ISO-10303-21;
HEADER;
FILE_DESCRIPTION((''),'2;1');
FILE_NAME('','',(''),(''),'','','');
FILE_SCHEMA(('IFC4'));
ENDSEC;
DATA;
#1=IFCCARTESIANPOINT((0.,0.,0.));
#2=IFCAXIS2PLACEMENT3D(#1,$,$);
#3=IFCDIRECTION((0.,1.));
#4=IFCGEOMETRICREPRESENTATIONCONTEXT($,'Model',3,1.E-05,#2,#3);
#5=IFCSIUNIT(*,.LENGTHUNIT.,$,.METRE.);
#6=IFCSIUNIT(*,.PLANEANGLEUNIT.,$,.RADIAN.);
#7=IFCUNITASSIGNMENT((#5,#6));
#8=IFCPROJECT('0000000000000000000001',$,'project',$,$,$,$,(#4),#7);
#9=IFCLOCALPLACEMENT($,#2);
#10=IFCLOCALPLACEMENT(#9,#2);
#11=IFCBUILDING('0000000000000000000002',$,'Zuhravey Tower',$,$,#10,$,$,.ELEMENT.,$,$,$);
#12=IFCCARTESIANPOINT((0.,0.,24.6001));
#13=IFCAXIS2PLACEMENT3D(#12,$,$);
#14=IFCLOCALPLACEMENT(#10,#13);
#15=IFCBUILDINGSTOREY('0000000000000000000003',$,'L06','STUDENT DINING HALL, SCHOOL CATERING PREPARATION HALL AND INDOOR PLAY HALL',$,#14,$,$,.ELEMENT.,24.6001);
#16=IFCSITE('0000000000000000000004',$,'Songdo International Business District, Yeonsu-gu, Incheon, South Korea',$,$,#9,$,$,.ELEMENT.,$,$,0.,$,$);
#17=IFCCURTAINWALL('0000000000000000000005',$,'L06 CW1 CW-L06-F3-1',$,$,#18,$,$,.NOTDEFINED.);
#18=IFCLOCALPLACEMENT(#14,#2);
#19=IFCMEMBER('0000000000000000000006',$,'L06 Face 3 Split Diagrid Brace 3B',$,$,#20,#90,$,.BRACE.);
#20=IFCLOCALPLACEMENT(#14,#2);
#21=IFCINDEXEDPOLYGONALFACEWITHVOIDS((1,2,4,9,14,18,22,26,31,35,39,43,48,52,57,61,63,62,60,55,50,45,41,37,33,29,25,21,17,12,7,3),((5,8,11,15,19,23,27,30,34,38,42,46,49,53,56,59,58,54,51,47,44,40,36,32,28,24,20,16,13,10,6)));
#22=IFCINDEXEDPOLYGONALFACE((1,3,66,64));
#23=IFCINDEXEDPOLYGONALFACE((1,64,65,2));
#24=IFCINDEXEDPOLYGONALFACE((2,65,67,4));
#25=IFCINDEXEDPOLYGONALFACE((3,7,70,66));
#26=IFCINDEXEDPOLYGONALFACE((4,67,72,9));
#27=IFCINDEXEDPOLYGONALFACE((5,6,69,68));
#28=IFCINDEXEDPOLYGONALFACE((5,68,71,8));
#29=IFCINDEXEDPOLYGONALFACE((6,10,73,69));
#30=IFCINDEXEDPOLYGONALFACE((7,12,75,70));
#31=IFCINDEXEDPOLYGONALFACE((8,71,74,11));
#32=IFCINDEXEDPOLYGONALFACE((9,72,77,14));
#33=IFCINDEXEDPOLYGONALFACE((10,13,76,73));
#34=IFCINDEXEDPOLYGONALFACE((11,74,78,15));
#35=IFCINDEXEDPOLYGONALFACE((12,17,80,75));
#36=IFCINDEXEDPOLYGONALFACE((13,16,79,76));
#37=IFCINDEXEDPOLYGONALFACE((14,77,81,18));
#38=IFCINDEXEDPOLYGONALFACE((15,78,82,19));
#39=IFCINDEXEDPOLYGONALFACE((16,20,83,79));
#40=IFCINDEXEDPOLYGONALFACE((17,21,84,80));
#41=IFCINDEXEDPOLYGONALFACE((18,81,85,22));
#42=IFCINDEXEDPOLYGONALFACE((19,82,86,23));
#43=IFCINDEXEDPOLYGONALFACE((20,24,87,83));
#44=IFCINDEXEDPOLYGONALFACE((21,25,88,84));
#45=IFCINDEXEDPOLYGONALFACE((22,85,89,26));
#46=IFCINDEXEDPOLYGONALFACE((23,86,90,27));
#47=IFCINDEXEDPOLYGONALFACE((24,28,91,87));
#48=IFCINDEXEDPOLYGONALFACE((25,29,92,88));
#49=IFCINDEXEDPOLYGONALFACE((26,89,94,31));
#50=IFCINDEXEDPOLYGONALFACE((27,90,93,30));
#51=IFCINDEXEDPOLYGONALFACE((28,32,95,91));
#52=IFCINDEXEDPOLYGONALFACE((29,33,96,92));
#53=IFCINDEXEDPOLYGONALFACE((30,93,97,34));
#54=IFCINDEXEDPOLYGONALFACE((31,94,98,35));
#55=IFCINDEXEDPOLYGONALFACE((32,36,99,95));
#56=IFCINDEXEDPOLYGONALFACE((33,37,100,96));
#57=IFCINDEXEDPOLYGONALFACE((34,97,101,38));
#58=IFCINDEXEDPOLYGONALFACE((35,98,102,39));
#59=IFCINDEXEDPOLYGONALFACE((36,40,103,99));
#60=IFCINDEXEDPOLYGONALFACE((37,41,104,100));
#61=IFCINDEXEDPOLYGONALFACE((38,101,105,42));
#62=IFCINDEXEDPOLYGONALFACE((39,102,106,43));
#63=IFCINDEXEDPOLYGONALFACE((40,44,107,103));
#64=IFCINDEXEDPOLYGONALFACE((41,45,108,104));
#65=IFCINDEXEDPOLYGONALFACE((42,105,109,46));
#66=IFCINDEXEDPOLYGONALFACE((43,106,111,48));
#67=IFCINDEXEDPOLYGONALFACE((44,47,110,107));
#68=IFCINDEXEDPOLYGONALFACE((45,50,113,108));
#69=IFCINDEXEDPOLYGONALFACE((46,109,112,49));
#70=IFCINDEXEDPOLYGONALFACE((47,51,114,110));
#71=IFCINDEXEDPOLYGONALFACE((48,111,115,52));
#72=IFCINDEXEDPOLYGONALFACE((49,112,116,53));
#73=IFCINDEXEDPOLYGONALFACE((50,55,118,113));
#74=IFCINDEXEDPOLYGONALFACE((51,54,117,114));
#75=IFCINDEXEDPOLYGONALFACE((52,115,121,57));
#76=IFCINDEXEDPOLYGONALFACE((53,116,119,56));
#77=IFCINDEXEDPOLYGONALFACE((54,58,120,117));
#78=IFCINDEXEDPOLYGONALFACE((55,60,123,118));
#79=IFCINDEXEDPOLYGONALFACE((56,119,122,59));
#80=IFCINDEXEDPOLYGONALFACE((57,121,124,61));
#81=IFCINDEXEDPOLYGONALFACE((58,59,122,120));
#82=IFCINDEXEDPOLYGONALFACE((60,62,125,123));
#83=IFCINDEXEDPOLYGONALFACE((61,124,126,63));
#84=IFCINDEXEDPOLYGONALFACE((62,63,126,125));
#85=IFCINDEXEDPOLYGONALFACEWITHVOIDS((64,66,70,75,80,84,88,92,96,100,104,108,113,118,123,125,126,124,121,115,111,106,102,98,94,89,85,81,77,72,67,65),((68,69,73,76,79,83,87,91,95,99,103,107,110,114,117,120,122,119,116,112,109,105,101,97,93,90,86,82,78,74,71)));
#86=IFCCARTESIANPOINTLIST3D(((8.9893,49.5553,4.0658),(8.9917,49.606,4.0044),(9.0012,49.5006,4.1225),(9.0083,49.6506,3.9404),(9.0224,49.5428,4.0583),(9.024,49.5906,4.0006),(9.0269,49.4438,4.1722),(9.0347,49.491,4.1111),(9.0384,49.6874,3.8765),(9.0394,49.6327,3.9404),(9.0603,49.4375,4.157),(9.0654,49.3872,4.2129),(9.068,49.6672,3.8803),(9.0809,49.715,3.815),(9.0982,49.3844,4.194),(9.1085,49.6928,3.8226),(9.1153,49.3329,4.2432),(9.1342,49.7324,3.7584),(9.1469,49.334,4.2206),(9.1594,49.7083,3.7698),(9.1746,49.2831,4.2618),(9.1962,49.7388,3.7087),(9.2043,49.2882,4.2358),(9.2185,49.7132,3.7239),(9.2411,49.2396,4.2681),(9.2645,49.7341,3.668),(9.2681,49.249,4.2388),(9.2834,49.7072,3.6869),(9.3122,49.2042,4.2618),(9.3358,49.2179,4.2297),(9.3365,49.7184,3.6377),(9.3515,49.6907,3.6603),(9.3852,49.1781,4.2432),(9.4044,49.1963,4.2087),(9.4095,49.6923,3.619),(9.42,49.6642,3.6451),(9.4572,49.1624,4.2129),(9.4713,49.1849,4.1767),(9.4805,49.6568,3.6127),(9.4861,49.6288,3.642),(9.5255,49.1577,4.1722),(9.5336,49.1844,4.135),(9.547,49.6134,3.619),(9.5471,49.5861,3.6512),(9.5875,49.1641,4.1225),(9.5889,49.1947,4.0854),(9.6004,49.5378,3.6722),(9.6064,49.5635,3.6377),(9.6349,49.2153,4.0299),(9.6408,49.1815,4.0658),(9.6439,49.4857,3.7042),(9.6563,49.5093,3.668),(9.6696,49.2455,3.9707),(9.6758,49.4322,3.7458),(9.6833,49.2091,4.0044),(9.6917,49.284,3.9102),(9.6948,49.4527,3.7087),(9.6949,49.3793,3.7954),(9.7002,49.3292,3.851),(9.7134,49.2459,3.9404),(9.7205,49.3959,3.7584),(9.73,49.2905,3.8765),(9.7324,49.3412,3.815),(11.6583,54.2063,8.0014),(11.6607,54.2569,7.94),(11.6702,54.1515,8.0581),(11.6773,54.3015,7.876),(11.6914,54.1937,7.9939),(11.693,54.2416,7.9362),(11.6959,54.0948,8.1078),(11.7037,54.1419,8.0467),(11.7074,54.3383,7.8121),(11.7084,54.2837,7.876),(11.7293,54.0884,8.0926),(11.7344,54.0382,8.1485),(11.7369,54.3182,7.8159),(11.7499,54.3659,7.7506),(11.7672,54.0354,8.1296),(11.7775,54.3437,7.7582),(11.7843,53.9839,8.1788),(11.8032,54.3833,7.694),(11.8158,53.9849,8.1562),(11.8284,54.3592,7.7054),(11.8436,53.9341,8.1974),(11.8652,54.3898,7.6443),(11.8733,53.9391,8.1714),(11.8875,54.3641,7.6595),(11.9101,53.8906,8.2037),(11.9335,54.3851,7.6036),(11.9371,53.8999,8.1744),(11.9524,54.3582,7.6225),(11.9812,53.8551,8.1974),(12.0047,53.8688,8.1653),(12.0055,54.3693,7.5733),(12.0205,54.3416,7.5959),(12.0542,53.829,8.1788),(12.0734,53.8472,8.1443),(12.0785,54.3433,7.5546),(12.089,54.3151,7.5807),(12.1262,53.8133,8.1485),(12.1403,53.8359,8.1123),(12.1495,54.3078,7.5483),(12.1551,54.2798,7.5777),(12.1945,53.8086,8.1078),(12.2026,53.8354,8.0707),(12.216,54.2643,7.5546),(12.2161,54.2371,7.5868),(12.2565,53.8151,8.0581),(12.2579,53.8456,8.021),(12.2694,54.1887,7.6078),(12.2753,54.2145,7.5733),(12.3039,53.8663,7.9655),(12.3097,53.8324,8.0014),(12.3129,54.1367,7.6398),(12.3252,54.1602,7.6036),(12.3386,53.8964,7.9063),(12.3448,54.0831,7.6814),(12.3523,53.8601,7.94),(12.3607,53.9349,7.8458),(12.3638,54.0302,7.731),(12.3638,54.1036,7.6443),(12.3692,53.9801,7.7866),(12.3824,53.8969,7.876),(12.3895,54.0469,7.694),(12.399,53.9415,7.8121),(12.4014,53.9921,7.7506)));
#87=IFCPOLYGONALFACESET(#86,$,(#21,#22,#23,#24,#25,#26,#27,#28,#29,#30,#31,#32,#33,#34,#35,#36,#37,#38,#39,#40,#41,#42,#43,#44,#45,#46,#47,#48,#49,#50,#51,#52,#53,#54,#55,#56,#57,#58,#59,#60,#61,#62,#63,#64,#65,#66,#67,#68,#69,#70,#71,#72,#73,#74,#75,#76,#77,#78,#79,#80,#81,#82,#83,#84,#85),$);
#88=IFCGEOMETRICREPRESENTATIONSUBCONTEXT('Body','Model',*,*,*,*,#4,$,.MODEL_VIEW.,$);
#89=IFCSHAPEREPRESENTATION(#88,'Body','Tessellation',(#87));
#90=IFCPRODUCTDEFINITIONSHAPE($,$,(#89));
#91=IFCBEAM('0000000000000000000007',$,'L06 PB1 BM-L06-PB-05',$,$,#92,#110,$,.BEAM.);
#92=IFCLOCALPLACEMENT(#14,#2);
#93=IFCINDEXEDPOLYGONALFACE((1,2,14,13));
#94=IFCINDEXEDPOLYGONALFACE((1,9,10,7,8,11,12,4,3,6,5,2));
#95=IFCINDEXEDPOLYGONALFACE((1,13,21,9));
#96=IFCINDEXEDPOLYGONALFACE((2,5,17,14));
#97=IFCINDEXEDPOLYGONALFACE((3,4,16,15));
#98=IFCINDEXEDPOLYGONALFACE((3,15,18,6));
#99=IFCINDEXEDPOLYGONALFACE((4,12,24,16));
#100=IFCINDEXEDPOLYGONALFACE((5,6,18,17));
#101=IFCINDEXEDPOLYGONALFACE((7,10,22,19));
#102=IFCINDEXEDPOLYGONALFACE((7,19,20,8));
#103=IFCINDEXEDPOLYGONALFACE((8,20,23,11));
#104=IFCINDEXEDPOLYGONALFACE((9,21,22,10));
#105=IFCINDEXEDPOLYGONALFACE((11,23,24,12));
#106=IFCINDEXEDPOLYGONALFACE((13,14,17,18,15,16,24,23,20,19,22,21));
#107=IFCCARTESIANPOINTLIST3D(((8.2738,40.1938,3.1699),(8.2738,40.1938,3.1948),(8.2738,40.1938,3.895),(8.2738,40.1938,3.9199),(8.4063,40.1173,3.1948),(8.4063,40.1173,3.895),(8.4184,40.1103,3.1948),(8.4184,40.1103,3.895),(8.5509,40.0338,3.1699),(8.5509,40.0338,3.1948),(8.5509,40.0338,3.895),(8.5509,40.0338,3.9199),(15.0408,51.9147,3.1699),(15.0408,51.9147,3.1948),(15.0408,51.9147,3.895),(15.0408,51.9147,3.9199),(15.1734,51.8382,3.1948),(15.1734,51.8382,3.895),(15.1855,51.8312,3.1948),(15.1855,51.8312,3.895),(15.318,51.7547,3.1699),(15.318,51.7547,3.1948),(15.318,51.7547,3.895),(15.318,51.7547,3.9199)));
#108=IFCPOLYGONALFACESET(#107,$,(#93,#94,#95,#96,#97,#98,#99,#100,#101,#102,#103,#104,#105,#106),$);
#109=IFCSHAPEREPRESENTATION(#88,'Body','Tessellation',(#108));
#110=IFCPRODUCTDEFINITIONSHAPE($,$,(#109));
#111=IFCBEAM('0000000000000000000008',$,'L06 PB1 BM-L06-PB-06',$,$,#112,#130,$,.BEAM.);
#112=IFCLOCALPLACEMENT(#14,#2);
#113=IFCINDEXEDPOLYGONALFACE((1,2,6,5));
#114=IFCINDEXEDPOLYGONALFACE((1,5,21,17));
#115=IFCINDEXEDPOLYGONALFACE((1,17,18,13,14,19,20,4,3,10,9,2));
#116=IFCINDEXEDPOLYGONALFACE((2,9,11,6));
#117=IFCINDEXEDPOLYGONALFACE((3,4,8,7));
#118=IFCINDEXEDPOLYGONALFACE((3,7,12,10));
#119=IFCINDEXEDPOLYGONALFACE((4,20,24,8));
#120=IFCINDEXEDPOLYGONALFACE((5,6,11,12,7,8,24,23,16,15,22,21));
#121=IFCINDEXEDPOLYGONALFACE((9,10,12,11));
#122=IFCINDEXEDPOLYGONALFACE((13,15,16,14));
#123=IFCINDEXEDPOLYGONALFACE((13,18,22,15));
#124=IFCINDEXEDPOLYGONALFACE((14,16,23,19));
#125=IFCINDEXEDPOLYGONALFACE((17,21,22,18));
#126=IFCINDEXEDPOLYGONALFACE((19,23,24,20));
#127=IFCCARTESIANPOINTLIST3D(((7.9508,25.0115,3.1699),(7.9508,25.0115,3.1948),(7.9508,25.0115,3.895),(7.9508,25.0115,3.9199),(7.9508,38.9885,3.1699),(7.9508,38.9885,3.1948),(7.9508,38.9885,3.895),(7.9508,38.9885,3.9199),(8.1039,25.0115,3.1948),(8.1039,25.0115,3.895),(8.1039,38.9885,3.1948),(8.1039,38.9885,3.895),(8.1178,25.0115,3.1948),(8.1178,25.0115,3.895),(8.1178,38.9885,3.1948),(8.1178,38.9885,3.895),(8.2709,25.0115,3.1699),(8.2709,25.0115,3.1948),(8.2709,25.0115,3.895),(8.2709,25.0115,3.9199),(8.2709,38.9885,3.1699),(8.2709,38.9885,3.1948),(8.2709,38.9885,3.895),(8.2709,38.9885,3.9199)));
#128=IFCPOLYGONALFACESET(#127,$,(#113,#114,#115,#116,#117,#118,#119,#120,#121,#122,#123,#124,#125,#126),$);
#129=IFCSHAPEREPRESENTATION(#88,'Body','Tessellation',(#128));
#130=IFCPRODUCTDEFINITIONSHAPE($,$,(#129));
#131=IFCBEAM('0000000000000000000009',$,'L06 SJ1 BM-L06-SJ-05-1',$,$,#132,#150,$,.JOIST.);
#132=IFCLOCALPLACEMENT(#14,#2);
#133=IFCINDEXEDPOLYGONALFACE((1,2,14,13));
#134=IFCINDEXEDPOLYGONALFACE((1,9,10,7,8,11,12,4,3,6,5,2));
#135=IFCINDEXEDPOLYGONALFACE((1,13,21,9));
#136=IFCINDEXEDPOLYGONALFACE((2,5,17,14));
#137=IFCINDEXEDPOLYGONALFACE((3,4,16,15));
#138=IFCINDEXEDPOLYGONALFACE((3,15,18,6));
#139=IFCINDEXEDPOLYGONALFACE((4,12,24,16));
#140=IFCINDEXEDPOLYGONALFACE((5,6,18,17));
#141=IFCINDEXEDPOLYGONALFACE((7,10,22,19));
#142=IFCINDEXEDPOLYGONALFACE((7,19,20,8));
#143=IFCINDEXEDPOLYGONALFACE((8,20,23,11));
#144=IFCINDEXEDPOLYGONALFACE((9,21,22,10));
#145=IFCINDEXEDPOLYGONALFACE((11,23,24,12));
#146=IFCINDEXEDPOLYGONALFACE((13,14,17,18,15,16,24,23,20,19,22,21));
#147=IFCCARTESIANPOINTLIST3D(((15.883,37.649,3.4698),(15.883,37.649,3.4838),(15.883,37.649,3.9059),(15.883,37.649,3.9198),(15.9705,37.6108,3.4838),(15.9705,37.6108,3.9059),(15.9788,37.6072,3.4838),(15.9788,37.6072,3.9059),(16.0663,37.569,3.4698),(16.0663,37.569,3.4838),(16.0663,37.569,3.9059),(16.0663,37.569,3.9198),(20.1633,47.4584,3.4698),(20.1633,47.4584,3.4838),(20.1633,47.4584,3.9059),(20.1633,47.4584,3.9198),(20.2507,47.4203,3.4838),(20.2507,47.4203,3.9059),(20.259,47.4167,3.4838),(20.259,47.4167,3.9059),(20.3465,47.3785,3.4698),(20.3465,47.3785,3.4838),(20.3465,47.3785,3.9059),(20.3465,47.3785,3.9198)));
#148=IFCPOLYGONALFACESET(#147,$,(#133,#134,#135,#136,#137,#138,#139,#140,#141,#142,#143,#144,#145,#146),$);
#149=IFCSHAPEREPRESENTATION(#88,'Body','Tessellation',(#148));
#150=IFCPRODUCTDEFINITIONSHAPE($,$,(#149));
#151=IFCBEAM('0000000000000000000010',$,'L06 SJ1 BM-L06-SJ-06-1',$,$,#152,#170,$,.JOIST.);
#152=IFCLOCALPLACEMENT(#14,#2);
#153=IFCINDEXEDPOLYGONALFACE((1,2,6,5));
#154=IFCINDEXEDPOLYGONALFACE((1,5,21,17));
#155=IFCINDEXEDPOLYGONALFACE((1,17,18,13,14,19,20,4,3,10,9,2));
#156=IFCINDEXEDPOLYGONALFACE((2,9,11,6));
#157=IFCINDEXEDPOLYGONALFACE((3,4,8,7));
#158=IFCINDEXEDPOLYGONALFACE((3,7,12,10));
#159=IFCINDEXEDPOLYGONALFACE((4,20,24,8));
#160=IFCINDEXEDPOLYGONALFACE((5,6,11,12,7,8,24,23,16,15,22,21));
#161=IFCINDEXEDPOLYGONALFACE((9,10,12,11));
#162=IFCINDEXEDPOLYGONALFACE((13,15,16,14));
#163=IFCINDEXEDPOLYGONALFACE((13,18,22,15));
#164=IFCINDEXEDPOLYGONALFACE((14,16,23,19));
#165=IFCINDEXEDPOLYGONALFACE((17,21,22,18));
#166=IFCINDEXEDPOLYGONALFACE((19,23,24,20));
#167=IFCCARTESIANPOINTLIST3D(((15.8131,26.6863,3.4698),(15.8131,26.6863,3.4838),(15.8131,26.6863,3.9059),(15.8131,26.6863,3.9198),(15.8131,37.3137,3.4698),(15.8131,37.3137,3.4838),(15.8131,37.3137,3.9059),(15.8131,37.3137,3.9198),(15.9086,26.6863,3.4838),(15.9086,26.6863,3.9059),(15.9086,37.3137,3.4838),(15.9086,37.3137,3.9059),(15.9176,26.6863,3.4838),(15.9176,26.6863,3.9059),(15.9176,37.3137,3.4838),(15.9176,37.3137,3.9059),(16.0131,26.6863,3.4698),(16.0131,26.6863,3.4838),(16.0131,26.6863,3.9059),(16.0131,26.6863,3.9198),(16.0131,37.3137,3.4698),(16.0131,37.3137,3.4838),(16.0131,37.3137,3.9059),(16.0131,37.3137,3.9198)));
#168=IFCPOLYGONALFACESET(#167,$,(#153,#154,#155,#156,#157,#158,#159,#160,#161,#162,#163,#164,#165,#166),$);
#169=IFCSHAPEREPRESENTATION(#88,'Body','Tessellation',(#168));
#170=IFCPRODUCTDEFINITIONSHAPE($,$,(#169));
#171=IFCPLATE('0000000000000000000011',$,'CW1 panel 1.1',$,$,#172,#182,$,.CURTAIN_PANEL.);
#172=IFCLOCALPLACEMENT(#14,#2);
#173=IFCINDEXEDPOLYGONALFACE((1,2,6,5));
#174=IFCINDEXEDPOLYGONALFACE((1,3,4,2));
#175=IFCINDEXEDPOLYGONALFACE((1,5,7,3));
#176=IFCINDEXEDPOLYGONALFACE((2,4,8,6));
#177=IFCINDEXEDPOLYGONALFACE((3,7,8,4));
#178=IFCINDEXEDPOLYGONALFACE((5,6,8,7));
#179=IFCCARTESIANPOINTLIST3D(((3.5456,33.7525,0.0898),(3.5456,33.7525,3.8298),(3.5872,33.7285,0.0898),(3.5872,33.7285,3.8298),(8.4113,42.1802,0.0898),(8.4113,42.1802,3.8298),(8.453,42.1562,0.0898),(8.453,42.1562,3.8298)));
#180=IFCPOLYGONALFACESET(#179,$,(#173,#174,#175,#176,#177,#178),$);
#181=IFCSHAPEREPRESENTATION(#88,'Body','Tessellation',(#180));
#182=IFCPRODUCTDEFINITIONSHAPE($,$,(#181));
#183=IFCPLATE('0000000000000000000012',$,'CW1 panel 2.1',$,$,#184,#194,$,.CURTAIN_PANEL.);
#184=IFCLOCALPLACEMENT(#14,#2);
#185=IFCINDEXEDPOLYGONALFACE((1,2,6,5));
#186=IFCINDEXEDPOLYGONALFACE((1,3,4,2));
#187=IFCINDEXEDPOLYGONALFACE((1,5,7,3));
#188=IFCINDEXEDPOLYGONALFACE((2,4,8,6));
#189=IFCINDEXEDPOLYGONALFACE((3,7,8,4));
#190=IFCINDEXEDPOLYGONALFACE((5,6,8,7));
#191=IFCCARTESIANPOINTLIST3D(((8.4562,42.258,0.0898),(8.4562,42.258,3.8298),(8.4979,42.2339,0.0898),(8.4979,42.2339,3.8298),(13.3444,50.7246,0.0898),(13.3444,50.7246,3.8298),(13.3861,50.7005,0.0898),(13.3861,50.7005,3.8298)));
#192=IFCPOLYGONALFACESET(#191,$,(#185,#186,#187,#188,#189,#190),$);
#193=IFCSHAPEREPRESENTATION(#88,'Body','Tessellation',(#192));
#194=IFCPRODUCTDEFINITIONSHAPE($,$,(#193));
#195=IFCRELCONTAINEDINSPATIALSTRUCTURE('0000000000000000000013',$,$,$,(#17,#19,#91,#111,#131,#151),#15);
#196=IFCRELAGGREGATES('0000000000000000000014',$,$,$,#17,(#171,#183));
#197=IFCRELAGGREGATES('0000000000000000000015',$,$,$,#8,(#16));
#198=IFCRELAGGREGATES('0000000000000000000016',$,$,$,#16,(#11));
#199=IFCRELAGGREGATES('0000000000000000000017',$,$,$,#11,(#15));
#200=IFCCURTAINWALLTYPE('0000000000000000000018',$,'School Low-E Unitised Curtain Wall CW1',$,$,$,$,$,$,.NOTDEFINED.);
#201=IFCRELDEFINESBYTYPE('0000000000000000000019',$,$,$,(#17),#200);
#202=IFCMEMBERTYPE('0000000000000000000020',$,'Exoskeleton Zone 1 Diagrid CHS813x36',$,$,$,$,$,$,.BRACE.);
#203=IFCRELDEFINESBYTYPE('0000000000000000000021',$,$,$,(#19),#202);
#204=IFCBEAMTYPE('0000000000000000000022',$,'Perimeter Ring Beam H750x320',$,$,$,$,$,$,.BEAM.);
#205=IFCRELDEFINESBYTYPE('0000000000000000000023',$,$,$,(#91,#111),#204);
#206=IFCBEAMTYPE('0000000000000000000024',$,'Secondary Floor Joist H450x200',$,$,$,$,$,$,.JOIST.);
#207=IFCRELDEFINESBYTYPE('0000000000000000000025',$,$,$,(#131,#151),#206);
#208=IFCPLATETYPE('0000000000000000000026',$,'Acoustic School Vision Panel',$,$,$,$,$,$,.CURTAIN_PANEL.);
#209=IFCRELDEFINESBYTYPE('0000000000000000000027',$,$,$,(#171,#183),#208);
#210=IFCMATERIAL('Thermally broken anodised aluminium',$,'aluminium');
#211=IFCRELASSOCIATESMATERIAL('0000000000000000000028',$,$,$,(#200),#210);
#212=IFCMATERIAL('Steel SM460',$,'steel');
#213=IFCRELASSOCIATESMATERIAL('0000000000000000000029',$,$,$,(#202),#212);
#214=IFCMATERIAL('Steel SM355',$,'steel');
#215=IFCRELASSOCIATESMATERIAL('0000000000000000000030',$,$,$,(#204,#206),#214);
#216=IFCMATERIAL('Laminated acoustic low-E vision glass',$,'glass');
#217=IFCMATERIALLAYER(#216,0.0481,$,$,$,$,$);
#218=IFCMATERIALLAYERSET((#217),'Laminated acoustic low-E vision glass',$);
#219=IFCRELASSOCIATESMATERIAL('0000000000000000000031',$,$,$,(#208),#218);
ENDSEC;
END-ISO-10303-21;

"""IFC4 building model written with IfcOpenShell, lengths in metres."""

from ifc_helpers import new_model, si_unit, direction, frame, origin, origin_2d, place, context, subcontext, project, spatial, rectangle, hollow_circle, i_section, extrude, material, layer, layer_set, material_profile, profile_set, type_object, element, aggregate, save


model = new_model("IFC4")

# Units and contexts
model_context = context("Model", 3, precision=1e-05, world=origin(), true_north=direction((0.0, 1.0)))
body_context = subcontext(model_context, "Body", "Model", "MODEL_VIEW")
ifc_project = project(units=[si_unit("LENGTHUNIT", "METRE"), si_unit("PLANEANGLEUNIT", "RADIAN")], contexts=[model_context])

# Site, building, storey
site_placement = place(None, origin())
site = spatial("IfcSite", under=ifc_project, at=site_placement, Name="Songdo International Business District, Yeonsu-gu, Incheon, South Korea", CompositionType="ELEMENT", RefElevation=0.0)
building_placement = place(site_placement, origin())
building = spatial("IfcBuilding", under=site, at=building_placement, Name="Zuhravey Tower", CompositionType="ELEMENT")
storey_placement = place(building_placement, frame((0.0, 0.0, 24.6001)))
storey = spatial("IfcBuildingStorey", under=building, at=storey_placement, Name="L06", Description="STUDENT DINING HALL, SCHOOL CATERING PREPARATION HALL AND INDOOR PLAY HALL", CompositionType="ELEMENT", Elevation=24.6001)

# Curtain wall
ifc_material_1 = material(Name="Thermally broken anodised aluminium", Category="aluminium")
curtain_wall_type = type_object("IfcCurtainWallType", Name="School Low-E Unitised Curtain Wall CW1", PredefinedType="NOTDEFINED", material=ifc_material_1)
curtain_wall_1_placement = place(storey_placement, origin())
curtain_wall_1 = element("IfcCurtainWall", 1, at=curtain_wall_1_placement, inside=storey, type_object=curtain_wall_type, Name="L06 CW1 CW-L06-F3-1", PredefinedType="NOTDEFINED")

# Member
ifc_material_2 = material(Name="Steel SM355", Category="steel")
ifc_material_3 = material(Name="Steel SM460", Category="steel")
ifc_material_profile_1 = material_profile(ifc_material_3, hollow_circle(Radius=0.4065, WallThickness=0.0359, at=origin_2d()), Name="CHS-812.8x36")
ifc_profile_set_1 = profile_set([ifc_material_profile_1], Name="Steel SM460")
member_type_1 = type_object("IfcMemberType", Name="Exoskeleton Zone 1 Diagrid CHS813x36", PredefinedType="BRACE", material=ifc_profile_set_1)
member_1_placement = place(storey_placement, frame((9.3608, 49.4482, 3.9404), z_axis=(0.401255, 0.699222, 0.591678), x_axis=(-0.867334, 0.497727, 0.0)))
element("IfcMember", 2, at=member_1_placement, inside=storey, type_object=member_type_1, Name="L06 Face 3 Split Diagrid Brace 3B", PredefinedType="BRACE", context=body_context, shape_type="SweptSolid", body=[
    extrude(hollow_circle(Radius=0.4065, WallThickness=0.0359, at=origin_2d()), origin(), (0.0, 0.0, 1.0), 6.6516),
])

# Beams
ifc_material_profile_2 = material_profile(ifc_material_2, i_section(OverallWidth=0.3201, OverallDepth=0.75, WebThickness=0.0139, FlangeThickness=0.0249, at=origin_2d()), Name="H-750x320x14x25")
ifc_profile_set_2 = profile_set([ifc_material_profile_2], Name="Steel SM355")
beam_type_1 = type_object("IfcBeamType", Name="Perimeter Ring Beam H750x320", PredefinedType="BEAM", material=ifc_profile_set_2)
beam_1_placement = place(storey_placement, frame((15.1794, 51.8347, 3.5449), z_axis=(-0.5, -0.866025, 0.0), x_axis=(0.866025, -0.5, 0.0)))
element("IfcBeam", 3, at=beam_1_placement, inside=storey, type_object=beam_type_1, Name="L06 PB1 BM-L06-PB-05", PredefinedType="BEAM", context=body_context, shape_type="SweptSolid", body=[
    extrude(i_section(OverallWidth=0.3201, OverallDepth=0.75, WebThickness=0.0139, FlangeThickness=0.0249, at=origin_2d()), origin(), (0.0, 0.0, 1.0), 13.5342),
])
beam_2_placement = place(storey_placement, frame((8.1108, 38.9885, 3.5449), z_axis=(0.0, -1.0, 0.0), x_axis=(1.0, 0.0, 0.0)))
element("IfcBeam", 4, at=beam_2_placement, inside=storey, type_object=beam_type_1, Name="L06 PB1 BM-L06-PB-06", PredefinedType="BEAM", context=body_context, shape_type="SweptSolid", body=[
    extrude(i_section(OverallWidth=0.3201, OverallDepth=0.75, WebThickness=0.0139, FlangeThickness=0.0249, at=origin_2d()), origin(), (0.0, 0.0, 1.0), 13.9771),
])
ifc_material_profile_3 = material_profile(ifc_material_2, i_section(OverallWidth=0.2, OverallDepth=0.45, WebThickness=0.009, FlangeThickness=0.0139, at=origin_2d()), Name="H-450x200x9x14")
ifc_profile_set_3 = profile_set([ifc_material_profile_3], Name="Steel SM355")
beam_type_2 = type_object("IfcBeamType", Name="Secondary Floor Joist H450x200", PredefinedType="JOIST", material=ifc_profile_set_3)
beam_3_placement = place(storey_placement, frame((20.2549, 47.4185, 3.6948), z_axis=(-0.399924, -0.916549, 0.0), x_axis=(0.916549, -0.399924, 0.0)))
element("IfcBeam", 5, at=beam_3_placement, inside=storey, type_object=beam_type_2, Name="L06 SJ1 BM-L06-SJ-05-1", PredefinedType="JOIST", context=body_context, shape_type="SweptSolid", body=[
    extrude(i_section(OverallWidth=0.2, OverallDepth=0.45, WebThickness=0.009, FlangeThickness=0.0139, at=origin_2d()), origin(), (0.0, 0.0, 1.0), 10.7026),
])
beam_4_placement = place(storey_placement, frame((15.9131, 37.3137, 3.6948), z_axis=(0.0, -1.0, 0.0), x_axis=(1.0, 0.0, 0.0)))
element("IfcBeam", 6, at=beam_4_placement, inside=storey, type_object=beam_type_2, Name="L06 SJ1 BM-L06-SJ-06-1", PredefinedType="JOIST", context=body_context, shape_type="SweptSolid", body=[
    extrude(i_section(OverallWidth=0.2, OverallDepth=0.45, WebThickness=0.009, FlangeThickness=0.0139, at=origin_2d()), origin(), (0.0, 0.0, 1.0), 10.6274),
])

# Plates
ifc_material_4 = material(Name="Laminated acoustic low-E vision glass", Category="glass")
ifc_layer_1 = layer(ifc_material_4, 0.0481)
ifc_layer_set_1 = layer_set([ifc_layer_1], Name="Laminated acoustic low-E vision glass")
plate_type_1 = type_object("IfcPlateType", Name="Acoustic School Vision Panel", PredefinedType="CURTAIN_PANEL", material=ifc_layer_set_1)
plate_1_placement = place(storey_placement, frame((5.9993, 37.9543, 0.0898), z_axis=(0.0, 0.0, 1.0), x_axis=(0.5, 0.866026, 0.0)))
plate_1 = element("IfcPlate", 7, at=plate_1_placement, type_object=plate_type_1, Name="CW1 panel 1.1", PredefinedType="CURTAIN_PANEL", context=body_context, shape_type="SweptSolid", body=[
    extrude(rectangle(XDim=9.7314, YDim=0.0481, at=origin_2d()), origin(), (0.0, 0.0, 1.0), 3.74),
])
plate_2_placement = place(storey_placement, frame((10.9211, 46.4792, 0.0898), z_axis=(0.0, 0.0, 1.0), x_axis=(0.5, 0.866026, 0.0)))
plate_2 = element("IfcPlate", 8, at=plate_2_placement, type_object=plate_type_1, Name="CW1 panel 2.1", PredefinedType="CURTAIN_PANEL", context=body_context, shape_type="SweptSolid", body=[
    extrude(rectangle(XDim=9.7764, YDim=0.0481, at=origin_2d()), origin(), (0.0, 0.0, 1.0), 3.74),
])
aggregate(curtain_wall_1, [plate_1, plate_2])

save(model, "model.ifc")
